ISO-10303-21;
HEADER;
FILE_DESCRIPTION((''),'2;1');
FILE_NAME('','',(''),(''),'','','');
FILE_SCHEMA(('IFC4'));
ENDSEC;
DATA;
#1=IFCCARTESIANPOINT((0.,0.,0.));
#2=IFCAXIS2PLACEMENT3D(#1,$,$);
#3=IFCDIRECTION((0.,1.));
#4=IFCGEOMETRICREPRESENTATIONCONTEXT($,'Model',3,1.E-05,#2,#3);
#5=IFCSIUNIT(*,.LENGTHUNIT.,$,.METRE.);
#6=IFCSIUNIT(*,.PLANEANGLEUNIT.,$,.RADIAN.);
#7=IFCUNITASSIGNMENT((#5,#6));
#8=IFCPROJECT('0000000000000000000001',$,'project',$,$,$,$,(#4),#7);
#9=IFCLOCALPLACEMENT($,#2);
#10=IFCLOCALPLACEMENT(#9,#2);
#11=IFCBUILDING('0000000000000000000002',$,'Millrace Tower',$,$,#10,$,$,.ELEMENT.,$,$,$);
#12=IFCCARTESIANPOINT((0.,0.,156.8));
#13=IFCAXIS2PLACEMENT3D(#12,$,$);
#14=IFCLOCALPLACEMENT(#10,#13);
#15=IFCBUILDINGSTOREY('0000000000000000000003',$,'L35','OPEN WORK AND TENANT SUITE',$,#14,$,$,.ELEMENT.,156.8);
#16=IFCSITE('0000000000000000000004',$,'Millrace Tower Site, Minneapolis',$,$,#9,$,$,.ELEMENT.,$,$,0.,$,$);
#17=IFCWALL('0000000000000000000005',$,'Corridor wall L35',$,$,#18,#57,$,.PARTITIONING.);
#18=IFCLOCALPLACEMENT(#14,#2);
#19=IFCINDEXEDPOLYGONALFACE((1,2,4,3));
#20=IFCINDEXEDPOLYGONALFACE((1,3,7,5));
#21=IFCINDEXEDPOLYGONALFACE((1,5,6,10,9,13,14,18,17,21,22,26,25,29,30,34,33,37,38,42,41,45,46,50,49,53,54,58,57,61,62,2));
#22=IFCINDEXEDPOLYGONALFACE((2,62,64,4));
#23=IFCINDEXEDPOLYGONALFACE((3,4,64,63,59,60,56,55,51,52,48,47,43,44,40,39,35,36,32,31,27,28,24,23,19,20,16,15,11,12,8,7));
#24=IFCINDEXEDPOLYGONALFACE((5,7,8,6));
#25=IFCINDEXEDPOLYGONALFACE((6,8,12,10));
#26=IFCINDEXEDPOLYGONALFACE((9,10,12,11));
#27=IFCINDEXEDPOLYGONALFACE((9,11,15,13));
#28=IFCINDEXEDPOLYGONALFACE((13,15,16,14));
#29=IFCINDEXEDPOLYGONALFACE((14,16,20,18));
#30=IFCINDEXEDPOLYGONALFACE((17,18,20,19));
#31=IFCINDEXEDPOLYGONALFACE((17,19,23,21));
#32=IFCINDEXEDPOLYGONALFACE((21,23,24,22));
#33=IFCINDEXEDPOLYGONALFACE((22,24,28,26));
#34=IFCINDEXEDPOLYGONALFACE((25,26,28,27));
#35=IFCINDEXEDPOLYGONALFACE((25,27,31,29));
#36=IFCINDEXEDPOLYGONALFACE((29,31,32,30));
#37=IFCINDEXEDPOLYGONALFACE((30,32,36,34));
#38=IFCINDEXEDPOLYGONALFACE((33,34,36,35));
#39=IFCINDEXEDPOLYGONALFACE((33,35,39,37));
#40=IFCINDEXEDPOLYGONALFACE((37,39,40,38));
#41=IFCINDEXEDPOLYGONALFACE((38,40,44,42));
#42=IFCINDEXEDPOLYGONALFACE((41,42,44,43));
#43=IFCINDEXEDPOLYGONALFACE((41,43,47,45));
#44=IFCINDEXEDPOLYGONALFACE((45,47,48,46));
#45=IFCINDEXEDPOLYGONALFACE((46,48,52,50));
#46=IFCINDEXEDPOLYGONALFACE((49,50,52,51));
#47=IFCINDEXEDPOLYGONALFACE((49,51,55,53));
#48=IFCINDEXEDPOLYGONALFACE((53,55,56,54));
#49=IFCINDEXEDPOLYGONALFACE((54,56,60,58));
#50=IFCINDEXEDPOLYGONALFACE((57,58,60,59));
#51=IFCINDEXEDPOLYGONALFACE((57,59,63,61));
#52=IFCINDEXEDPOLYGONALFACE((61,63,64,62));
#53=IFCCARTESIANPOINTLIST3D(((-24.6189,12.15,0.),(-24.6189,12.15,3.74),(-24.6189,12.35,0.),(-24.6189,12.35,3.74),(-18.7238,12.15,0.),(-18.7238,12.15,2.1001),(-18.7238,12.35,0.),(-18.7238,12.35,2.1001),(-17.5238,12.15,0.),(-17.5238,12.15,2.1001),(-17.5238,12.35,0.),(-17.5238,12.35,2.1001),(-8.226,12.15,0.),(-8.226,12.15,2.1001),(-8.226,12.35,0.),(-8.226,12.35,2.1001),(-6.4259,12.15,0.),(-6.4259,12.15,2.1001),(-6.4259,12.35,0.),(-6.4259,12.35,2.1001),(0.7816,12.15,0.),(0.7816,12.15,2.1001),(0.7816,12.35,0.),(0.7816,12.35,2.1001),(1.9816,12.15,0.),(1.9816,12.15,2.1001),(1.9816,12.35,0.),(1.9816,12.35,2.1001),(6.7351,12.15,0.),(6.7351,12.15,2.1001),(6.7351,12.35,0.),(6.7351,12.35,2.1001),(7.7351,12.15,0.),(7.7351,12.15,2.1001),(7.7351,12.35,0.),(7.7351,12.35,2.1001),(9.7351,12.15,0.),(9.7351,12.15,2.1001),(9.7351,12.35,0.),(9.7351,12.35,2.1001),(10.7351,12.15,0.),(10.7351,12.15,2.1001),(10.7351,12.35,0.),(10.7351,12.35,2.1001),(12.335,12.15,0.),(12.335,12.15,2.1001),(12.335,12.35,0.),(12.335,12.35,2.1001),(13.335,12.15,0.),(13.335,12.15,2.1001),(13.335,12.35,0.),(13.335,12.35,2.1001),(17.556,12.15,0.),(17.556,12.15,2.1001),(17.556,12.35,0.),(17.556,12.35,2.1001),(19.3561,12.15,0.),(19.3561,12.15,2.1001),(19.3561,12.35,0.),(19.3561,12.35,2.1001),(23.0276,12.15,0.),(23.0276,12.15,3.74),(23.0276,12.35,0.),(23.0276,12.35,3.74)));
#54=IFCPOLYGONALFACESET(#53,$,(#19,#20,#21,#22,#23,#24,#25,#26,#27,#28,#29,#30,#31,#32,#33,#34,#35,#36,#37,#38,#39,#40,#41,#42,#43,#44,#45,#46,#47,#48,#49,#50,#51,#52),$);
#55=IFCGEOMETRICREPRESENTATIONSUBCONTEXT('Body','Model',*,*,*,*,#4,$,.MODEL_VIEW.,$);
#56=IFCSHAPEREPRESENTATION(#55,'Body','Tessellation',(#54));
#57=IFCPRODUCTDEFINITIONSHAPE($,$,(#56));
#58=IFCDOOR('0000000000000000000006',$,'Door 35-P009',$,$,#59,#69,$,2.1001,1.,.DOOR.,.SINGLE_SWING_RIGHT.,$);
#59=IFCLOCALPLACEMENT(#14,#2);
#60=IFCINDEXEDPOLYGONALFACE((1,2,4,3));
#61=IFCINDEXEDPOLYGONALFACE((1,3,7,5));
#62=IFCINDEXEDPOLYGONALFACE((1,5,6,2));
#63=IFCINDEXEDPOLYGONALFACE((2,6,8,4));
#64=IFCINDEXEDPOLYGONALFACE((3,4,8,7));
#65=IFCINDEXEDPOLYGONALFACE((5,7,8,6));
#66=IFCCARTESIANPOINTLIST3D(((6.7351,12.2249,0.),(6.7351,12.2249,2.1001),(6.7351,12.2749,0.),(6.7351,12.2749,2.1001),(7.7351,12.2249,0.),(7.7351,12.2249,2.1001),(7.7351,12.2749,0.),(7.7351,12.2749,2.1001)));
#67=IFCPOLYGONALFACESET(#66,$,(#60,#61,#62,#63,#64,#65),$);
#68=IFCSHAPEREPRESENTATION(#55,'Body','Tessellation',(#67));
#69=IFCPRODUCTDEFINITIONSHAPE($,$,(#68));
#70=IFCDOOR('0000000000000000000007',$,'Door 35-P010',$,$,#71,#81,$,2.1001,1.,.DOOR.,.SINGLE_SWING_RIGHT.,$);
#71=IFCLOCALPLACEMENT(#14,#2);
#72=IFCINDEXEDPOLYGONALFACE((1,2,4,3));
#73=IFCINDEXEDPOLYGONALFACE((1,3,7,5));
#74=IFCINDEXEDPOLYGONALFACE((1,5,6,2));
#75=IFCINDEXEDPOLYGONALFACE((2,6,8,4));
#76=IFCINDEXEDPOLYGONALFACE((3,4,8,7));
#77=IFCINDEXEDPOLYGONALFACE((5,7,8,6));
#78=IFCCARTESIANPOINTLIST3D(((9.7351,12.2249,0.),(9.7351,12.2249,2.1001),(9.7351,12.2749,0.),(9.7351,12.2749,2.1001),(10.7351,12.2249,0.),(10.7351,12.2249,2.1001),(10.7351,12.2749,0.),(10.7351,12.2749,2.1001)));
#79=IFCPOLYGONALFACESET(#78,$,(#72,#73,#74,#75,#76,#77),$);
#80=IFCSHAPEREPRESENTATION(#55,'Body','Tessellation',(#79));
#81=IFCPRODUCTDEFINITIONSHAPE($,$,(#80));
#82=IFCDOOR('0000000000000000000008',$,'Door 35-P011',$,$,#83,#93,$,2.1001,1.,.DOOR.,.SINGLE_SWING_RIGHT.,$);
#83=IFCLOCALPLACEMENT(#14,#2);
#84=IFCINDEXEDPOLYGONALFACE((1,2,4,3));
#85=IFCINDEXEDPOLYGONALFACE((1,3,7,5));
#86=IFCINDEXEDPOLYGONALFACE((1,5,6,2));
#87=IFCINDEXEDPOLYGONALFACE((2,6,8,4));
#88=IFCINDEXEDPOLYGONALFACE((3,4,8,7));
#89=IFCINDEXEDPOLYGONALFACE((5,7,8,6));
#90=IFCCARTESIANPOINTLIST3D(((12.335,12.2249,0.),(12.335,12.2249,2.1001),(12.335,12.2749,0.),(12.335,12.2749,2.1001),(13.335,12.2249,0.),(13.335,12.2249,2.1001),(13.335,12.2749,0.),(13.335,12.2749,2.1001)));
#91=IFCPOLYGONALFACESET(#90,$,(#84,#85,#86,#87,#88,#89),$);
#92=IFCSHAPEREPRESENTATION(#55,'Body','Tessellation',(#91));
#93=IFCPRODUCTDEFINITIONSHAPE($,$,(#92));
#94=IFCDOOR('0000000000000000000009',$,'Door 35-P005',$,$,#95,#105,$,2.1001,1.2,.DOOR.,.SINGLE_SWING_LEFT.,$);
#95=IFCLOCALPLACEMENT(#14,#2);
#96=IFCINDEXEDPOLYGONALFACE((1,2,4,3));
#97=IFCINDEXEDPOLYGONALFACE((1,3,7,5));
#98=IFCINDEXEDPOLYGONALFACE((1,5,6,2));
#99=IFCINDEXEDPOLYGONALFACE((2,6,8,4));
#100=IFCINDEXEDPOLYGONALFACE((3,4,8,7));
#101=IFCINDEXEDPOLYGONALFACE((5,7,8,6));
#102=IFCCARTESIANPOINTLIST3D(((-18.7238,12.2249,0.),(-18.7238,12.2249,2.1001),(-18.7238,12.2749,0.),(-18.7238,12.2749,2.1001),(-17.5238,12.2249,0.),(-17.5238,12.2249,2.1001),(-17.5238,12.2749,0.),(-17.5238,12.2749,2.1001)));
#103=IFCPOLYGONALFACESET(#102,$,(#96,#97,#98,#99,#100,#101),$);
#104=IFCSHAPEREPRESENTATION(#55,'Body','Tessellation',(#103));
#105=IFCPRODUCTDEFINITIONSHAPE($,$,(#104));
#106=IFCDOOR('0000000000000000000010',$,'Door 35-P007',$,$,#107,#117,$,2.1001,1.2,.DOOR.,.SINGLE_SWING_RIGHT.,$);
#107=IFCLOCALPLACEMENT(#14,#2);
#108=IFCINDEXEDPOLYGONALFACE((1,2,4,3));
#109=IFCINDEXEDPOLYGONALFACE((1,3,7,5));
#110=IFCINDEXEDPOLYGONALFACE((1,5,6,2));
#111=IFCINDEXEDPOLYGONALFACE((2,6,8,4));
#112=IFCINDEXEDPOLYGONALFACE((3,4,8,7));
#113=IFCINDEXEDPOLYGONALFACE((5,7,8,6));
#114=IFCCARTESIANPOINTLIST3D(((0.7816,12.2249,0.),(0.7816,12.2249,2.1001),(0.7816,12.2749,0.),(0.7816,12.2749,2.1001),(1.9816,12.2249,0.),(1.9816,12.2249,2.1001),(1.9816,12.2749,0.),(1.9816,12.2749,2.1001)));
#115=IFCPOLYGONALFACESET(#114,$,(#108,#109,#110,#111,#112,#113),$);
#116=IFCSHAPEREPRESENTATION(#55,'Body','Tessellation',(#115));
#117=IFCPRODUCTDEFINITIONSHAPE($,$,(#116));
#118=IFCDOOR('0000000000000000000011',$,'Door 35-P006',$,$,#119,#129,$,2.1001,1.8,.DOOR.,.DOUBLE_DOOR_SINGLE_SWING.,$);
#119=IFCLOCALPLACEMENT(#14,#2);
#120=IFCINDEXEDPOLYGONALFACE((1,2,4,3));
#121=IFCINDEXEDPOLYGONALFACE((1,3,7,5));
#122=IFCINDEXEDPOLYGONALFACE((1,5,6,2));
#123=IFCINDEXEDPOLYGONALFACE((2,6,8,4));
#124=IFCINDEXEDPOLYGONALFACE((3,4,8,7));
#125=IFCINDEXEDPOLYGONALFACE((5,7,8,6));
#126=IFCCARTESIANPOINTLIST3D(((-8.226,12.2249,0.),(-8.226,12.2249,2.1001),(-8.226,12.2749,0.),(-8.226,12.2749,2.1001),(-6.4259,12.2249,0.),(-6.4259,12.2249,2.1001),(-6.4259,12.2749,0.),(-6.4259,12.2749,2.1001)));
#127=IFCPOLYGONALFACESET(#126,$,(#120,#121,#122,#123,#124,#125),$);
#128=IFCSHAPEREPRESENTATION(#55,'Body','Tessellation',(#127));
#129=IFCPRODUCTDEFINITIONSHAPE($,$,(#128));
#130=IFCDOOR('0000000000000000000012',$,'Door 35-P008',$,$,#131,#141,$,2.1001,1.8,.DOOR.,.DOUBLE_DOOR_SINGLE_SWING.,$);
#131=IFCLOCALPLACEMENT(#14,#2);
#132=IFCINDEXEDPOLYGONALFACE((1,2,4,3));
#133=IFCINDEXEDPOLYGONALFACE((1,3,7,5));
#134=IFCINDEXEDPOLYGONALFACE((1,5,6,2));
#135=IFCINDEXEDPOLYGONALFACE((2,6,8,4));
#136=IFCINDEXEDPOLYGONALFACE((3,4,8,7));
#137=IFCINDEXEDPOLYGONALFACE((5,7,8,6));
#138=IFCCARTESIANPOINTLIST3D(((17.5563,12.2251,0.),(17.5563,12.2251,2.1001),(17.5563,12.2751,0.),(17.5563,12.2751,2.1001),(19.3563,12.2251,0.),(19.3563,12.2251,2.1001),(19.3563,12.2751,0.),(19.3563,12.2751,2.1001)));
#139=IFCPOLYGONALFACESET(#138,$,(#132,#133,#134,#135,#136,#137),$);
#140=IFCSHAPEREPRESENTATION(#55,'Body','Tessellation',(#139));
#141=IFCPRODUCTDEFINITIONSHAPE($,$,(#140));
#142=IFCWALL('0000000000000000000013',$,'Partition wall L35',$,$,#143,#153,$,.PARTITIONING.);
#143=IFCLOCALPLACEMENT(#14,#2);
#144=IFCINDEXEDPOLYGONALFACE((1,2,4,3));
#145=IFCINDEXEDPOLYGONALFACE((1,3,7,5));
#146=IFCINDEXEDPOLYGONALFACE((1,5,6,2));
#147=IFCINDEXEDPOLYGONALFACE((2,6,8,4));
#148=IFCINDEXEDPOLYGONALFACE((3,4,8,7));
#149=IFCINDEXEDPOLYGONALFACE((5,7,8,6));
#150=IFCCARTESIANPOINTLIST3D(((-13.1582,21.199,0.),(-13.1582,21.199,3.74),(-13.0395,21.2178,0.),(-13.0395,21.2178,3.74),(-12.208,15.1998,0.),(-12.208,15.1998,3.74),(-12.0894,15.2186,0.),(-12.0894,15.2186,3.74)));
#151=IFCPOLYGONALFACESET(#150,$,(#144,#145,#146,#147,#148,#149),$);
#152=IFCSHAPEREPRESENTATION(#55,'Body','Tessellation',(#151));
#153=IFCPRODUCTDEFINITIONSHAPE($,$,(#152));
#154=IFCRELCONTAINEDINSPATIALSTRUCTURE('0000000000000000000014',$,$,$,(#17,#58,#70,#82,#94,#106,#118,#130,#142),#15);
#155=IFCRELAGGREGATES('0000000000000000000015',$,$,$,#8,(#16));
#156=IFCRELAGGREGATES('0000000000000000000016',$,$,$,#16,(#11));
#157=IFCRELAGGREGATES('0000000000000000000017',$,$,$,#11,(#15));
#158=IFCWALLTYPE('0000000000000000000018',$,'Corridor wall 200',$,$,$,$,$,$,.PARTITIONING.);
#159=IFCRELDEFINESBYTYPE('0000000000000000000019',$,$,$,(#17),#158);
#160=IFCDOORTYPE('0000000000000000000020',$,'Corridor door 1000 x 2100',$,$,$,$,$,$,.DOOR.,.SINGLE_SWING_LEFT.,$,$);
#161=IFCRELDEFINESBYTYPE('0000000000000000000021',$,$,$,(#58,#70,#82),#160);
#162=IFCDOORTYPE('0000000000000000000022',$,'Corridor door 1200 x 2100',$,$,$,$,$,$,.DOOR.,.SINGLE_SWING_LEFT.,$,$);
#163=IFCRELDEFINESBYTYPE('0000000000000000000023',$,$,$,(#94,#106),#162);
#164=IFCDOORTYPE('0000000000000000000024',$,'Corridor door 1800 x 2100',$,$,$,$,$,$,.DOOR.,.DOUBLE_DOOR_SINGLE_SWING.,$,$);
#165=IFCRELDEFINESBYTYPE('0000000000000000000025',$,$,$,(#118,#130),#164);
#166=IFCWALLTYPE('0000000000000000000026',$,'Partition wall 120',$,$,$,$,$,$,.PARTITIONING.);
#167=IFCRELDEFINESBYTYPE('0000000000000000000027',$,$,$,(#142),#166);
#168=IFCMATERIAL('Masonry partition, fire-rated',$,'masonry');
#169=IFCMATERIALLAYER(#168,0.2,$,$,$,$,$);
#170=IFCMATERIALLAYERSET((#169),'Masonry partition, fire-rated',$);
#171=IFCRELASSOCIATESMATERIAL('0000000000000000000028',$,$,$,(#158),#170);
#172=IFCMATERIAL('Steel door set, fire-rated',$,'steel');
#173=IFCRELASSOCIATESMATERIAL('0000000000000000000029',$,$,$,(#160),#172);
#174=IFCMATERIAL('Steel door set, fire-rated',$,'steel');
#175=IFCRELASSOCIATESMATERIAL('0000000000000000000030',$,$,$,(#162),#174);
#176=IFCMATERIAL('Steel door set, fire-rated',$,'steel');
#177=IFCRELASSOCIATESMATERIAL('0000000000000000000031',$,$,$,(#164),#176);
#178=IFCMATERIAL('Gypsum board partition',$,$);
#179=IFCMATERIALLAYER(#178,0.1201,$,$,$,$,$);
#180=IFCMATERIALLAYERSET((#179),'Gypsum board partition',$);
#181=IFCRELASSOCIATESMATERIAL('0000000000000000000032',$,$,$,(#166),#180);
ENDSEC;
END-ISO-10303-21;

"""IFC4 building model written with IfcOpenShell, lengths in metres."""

from ifc_helpers import new_model, si_unit, direction, frame, frame_2d, origin, place, context, subcontext, project, spatial, rectangle, extrude, material, layer, layer_set, type_object, element, fill, save


model = new_model("IFC4")

# Units and contexts
model_context = context("Model", 3, precision=1e-05, world=origin(), true_north=direction((0.0, 1.0)))
body_context = subcontext(model_context, "Body", "Model", "MODEL_VIEW")
ifc_project = project(units=[si_unit("LENGTHUNIT", "METRE"), si_unit("PLANEANGLEUNIT", "RADIAN")], contexts=[model_context])

# Site, building, storey
site_placement = place(None, origin())
site = spatial("IfcSite", under=ifc_project, at=site_placement, Name="Millrace Tower Site, Minneapolis", CompositionType="ELEMENT", RefElevation=0.0)
building_placement = place(site_placement, origin())
building = spatial("IfcBuilding", under=site, at=building_placement, Name="Millrace Tower", CompositionType="ELEMENT")
storey_placement = place(building_placement, frame((0.0, 0.0, 156.8)))
storey = spatial("IfcBuildingStorey", under=building, at=storey_placement, Name="L35", Description="OPEN WORK AND TENANT SUITE", CompositionType="ELEMENT", Elevation=156.8)

# Wall, openings, doors
ifc_material_1 = material(Name="Masonry partition, fire-rated", Category="masonry")
ifc_layer_1 = layer(ifc_material_1, 0.2)
ifc_layer_set_1 = layer_set([ifc_layer_1], Name="Masonry partition, fire-rated")
wall_type_1 = type_object("IfcWallType", Name="Corridor wall 200", PredefinedType="PARTITIONING", material=ifc_layer_set_1)
wall_1_placement = place(storey_placement, frame((-24.6189, 12.25, 0.0), z_axis=(0.0, 0.0, 1.0), x_axis=(1.0, 0.0, 0.0)))
wall_1 = element("IfcWall", 1, at=wall_1_placement, inside=storey, type_object=wall_type_1, Name="Corridor wall L35", PredefinedType="PARTITIONING", context=body_context, shape_type="SweptSolid", body=[
    extrude(rectangle(XDim=47.6465, YDim=0.2, at=frame_2d((23.8232, 0.0))), origin(), (0.0, 0.0, 1.0), 3.74),
])
opening_1_placement = place(wall_1_placement, frame((5.895, 0.0, 0.0)))
opening_1 = element("IfcOpeningElement", 2, at=opening_1_placement, cuts=wall_1, PredefinedType="OPENING", context=body_context, shape_type="SweptSolid", body=[
    extrude(rectangle(XDim=1.2, YDim=2.1001, at=frame_2d((0.6001, 1.05))), frame((0.0, 0.1099, 0.0), z_axis=(0.0, -1.0, 0.0), x_axis=(1.0, 0.0, 0.0)), (0.0, 0.0, 1.0), 0.22),
])
opening_2_placement = place(wall_1_placement, frame((16.3931, 0.0, 0.0)))
opening_2 = element("IfcOpeningElement", 3, at=opening_2_placement, cuts=wall_1, PredefinedType="OPENING", context=body_context, shape_type="SweptSolid", body=[
    extrude(rectangle(XDim=1.8, YDim=2.1001, at=frame_2d((0.8999, 1.05))), frame((0.0, 0.1099, 0.0), z_axis=(0.0, -1.0, 0.0), x_axis=(1.0, 0.0, 0.0)), (0.0, 0.0, 1.0), 0.22),
])
opening_3_placement = place(wall_1_placement, frame((25.4004, 0.0, 0.0)))
opening_3 = element("IfcOpeningElement", 4, at=opening_3_placement, cuts=wall_1, PredefinedType="OPENING", context=body_context, shape_type="SweptSolid", body=[
    extrude(rectangle(XDim=1.2, YDim=2.1001, at=frame_2d((0.6001, 1.05))), frame((0.0, 0.1099, 0.0), z_axis=(0.0, -1.0, 0.0), x_axis=(1.0, 0.0, 0.0)), (0.0, 0.0, 1.0), 0.22),
])
opening_4_placement = place(wall_1_placement, frame((42.175, 0.0, 0.0)))
opening_4 = element("IfcOpeningElement", 5, at=opening_4_placement, cuts=wall_1, PredefinedType="OPENING", context=body_context, shape_type="SweptSolid", body=[
    extrude(rectangle(XDim=1.8, YDim=2.1001, at=frame_2d((0.8999, 1.05))), frame((0.0, 0.1099, 0.0), z_axis=(0.0, -1.0, 0.0), x_axis=(1.0, 0.0, 0.0)), (0.0, 0.0, 1.0), 0.22),
])
opening_5_placement = place(wall_1_placement, frame((31.354, 0.0, 0.0)))
opening_5 = element("IfcOpeningElement", 6, at=opening_5_placement, cuts=wall_1, PredefinedType="OPENING", context=body_context, shape_type="SweptSolid", body=[
    extrude(rectangle(XDim=1.0, YDim=2.1001, at=frame_2d((0.5, 1.05))), frame((0.0, 0.1099, 0.0), z_axis=(0.0, -1.0, 0.0), x_axis=(1.0, 0.0, 0.0)), (0.0, 0.0, 1.0), 0.22),
])
opening_6_placement = place(wall_1_placement, frame((34.354, 0.0, 0.0)))
opening_6 = element("IfcOpeningElement", 7, at=opening_6_placement, cuts=wall_1, PredefinedType="OPENING", context=body_context, shape_type="SweptSolid", body=[
    extrude(rectangle(XDim=1.0, YDim=2.1001, at=frame_2d((0.5, 1.05))), frame((0.0, 0.1099, 0.0), z_axis=(0.0, -1.0, 0.0), x_axis=(1.0, 0.0, 0.0)), (0.0, 0.0, 1.0), 0.22),
])
opening_7_placement = place(wall_1_placement, frame((36.9539, 0.0, 0.0)))
opening_7 = element("IfcOpeningElement", 8, at=opening_7_placement, cuts=wall_1, PredefinedType="OPENING", context=body_context, shape_type="SweptSolid", body=[
    extrude(rectangle(XDim=1.0, YDim=2.1001, at=frame_2d((0.5, 1.05))), frame((0.0, 0.1099, 0.0), z_axis=(0.0, -1.0, 0.0), x_axis=(1.0, 0.0, 0.0)), (0.0, 0.0, 1.0), 0.22),
])
ifc_material_2 = material(Name="Steel door set, fire-rated", Category="steel")
door_type_1 = type_object("IfcDoorType", Name="Corridor door 1000 x 2100", OperationType="SINGLE_SWING_LEFT", PredefinedType="DOOR", material=ifc_material_2)
door_1_placement = place(opening_5_placement, origin())
door_1 = element("IfcDoor", 9, at=door_1_placement, inside=storey, type_object=door_type_1, Name="Door 35-P009", OperationType="SINGLE_SWING_RIGHT", OverallHeight=2.1001, OverallWidth=1.0, PredefinedType="DOOR", context=body_context, shape_type="SweptSolid", body=[
    extrude(rectangle(XDim=1.0, YDim=2.1001, at=frame_2d((0.5, 1.05))), frame((0.0, 0.0249, 0.0), z_axis=(0.0, -1.0, 0.0), x_axis=(1.0, 0.0, 0.0)), (0.0, 0.0, 1.0), 0.05),
])
fill(opening_5, door_1)
door_2_placement = place(opening_6_placement, origin())
door_2 = element("IfcDoor", 10, at=door_2_placement, inside=storey, type_object=door_type_1, Name="Door 35-P010", OperationType="SINGLE_SWING_RIGHT", OverallHeight=2.1001, OverallWidth=1.0, PredefinedType="DOOR", context=body_context, shape_type="SweptSolid", body=[
    extrude(rectangle(XDim=1.0, YDim=2.1001, at=frame_2d((0.5, 1.05))), frame((0.0, 0.0249, 0.0), z_axis=(0.0, -1.0, 0.0), x_axis=(1.0, 0.0, 0.0)), (0.0, 0.0, 1.0), 0.05),
])
fill(opening_6, door_2)
door_3_placement = place(opening_7_placement, origin())
door_3 = element("IfcDoor", 11, at=door_3_placement, inside=storey, type_object=door_type_1, Name="Door 35-P011", OperationType="SINGLE_SWING_RIGHT", OverallHeight=2.1001, OverallWidth=1.0, PredefinedType="DOOR", context=body_context, shape_type="SweptSolid", body=[
    extrude(rectangle(XDim=1.0, YDim=2.1001, at=frame_2d((0.5, 1.05))), frame((0.0, 0.0249, 0.0), z_axis=(0.0, -1.0, 0.0), x_axis=(1.0, 0.0, 0.0)), (0.0, 0.0, 1.0), 0.05),
])
fill(opening_7, door_3)
ifc_material_3 = material(Name="Steel door set, fire-rated", Category="steel")
door_type_2 = type_object("IfcDoorType", Name="Corridor door 1200 x 2100", OperationType="SINGLE_SWING_LEFT", PredefinedType="DOOR", material=ifc_material_3)
door_4_placement = place(opening_1_placement, origin())
door_4 = element("IfcDoor", 12, at=door_4_placement, inside=storey, type_object=door_type_2, Name="Door 35-P005", OperationType="SINGLE_SWING_LEFT", OverallHeight=2.1001, OverallWidth=1.2, PredefinedType="DOOR", context=body_context, shape_type="SweptSolid", body=[
    extrude(rectangle(XDim=1.2, YDim=2.1001, at=frame_2d((0.6001, 1.05))), frame((0.0, 0.0249, 0.0), z_axis=(0.0, -1.0, 0.0), x_axis=(1.0, 0.0, 0.0)), (0.0, 0.0, 1.0), 0.05),
])
fill(opening_1, door_4)
door_5_placement = place(opening_3_placement, origin())
door_5 = element("IfcDoor", 13, at=door_5_placement, inside=storey, type_object=door_type_2, Name="Door 35-P007", OperationType="SINGLE_SWING_RIGHT", OverallHeight=2.1001, OverallWidth=1.2, PredefinedType="DOOR", context=body_context, shape_type="SweptSolid", body=[
    extrude(rectangle(XDim=1.2, YDim=2.1001, at=frame_2d((0.6001, 1.05))), frame((0.0, 0.0249, 0.0), z_axis=(0.0, -1.0, 0.0), x_axis=(1.0, 0.0, 0.0)), (0.0, 0.0, 1.0), 0.05),
])
fill(opening_3, door_5)
ifc_material_4 = material(Name="Steel door set, fire-rated", Category="steel")
door_type_3 = type_object("IfcDoorType", Name="Corridor door 1800 x 2100", OperationType="DOUBLE_DOOR_SINGLE_SWING", PredefinedType="DOOR", material=ifc_material_4)
door_6_placement = place(opening_2_placement, origin())
door_6 = element("IfcDoor", 14, at=door_6_placement, inside=storey, type_object=door_type_3, Name="Door 35-P006", OperationType="DOUBLE_DOOR_SINGLE_SWING", OverallHeight=2.1001, OverallWidth=1.8, PredefinedType="DOOR", context=body_context, shape_type="SweptSolid", body=[
    extrude(rectangle(XDim=1.8, YDim=2.1001, at=frame_2d((0.8999, 1.05))), frame((0.0, 0.0249, 0.0), z_axis=(0.0, -1.0, 0.0), x_axis=(1.0, 0.0, 0.0)), (0.0, 0.0, 1.0), 0.05),
])
fill(opening_2, door_6)
door_7_placement = place(opening_4_placement, frame((1.8, 0.0, 0.0), z_axis=(0.0, 0.0, 1.0), x_axis=(-1.0, 0.0, 0.0)))
door_7 = element("IfcDoor", 15, at=door_7_placement, inside=storey, type_object=door_type_3, Name="Door 35-P008", OperationType="DOUBLE_DOOR_SINGLE_SWING", OverallHeight=2.1001, OverallWidth=1.8, PredefinedType="DOOR", context=body_context, shape_type="SweptSolid", body=[
    extrude(rectangle(XDim=1.8, YDim=2.1001, at=frame_2d((0.8999, 1.05))), frame((0.0, 0.0249, 0.0), z_axis=(0.0, -1.0, 0.0), x_axis=(1.0, 0.0, 0.0)), (0.0, 0.0, 1.0), 0.05),
])
fill(opening_4, door_7)

# Wall
ifc_material_5 = material(Name="Gypsum board partition")
ifc_layer_2 = layer(ifc_material_5, 0.1201)
ifc_layer_set_2 = layer_set([ifc_layer_2], Name="Gypsum board partition")
wall_type_2 = type_object("IfcWallType", Name="Partition wall 120", PredefinedType="PARTITIONING", material=ifc_layer_set_2)
wall_2_placement = place(storey_placement, frame((-13.0989, 21.2085, 0.0), z_axis=(0.0, 0.0, 1.0), x_axis=(0.156435, -0.987688, 0.0)))
element("IfcWall", 16, at=wall_2_placement, inside=storey, type_object=wall_type_2, Name="Partition wall L35", PredefinedType="PARTITIONING", context=body_context, shape_type="SweptSolid", body=[
    extrude(rectangle(XDim=6.074, YDim=0.1201, at=frame_2d((3.0371, 0.0))), origin(), (0.0, 0.0, 1.0), 3.74),
])

save(model, "model.ifc")
